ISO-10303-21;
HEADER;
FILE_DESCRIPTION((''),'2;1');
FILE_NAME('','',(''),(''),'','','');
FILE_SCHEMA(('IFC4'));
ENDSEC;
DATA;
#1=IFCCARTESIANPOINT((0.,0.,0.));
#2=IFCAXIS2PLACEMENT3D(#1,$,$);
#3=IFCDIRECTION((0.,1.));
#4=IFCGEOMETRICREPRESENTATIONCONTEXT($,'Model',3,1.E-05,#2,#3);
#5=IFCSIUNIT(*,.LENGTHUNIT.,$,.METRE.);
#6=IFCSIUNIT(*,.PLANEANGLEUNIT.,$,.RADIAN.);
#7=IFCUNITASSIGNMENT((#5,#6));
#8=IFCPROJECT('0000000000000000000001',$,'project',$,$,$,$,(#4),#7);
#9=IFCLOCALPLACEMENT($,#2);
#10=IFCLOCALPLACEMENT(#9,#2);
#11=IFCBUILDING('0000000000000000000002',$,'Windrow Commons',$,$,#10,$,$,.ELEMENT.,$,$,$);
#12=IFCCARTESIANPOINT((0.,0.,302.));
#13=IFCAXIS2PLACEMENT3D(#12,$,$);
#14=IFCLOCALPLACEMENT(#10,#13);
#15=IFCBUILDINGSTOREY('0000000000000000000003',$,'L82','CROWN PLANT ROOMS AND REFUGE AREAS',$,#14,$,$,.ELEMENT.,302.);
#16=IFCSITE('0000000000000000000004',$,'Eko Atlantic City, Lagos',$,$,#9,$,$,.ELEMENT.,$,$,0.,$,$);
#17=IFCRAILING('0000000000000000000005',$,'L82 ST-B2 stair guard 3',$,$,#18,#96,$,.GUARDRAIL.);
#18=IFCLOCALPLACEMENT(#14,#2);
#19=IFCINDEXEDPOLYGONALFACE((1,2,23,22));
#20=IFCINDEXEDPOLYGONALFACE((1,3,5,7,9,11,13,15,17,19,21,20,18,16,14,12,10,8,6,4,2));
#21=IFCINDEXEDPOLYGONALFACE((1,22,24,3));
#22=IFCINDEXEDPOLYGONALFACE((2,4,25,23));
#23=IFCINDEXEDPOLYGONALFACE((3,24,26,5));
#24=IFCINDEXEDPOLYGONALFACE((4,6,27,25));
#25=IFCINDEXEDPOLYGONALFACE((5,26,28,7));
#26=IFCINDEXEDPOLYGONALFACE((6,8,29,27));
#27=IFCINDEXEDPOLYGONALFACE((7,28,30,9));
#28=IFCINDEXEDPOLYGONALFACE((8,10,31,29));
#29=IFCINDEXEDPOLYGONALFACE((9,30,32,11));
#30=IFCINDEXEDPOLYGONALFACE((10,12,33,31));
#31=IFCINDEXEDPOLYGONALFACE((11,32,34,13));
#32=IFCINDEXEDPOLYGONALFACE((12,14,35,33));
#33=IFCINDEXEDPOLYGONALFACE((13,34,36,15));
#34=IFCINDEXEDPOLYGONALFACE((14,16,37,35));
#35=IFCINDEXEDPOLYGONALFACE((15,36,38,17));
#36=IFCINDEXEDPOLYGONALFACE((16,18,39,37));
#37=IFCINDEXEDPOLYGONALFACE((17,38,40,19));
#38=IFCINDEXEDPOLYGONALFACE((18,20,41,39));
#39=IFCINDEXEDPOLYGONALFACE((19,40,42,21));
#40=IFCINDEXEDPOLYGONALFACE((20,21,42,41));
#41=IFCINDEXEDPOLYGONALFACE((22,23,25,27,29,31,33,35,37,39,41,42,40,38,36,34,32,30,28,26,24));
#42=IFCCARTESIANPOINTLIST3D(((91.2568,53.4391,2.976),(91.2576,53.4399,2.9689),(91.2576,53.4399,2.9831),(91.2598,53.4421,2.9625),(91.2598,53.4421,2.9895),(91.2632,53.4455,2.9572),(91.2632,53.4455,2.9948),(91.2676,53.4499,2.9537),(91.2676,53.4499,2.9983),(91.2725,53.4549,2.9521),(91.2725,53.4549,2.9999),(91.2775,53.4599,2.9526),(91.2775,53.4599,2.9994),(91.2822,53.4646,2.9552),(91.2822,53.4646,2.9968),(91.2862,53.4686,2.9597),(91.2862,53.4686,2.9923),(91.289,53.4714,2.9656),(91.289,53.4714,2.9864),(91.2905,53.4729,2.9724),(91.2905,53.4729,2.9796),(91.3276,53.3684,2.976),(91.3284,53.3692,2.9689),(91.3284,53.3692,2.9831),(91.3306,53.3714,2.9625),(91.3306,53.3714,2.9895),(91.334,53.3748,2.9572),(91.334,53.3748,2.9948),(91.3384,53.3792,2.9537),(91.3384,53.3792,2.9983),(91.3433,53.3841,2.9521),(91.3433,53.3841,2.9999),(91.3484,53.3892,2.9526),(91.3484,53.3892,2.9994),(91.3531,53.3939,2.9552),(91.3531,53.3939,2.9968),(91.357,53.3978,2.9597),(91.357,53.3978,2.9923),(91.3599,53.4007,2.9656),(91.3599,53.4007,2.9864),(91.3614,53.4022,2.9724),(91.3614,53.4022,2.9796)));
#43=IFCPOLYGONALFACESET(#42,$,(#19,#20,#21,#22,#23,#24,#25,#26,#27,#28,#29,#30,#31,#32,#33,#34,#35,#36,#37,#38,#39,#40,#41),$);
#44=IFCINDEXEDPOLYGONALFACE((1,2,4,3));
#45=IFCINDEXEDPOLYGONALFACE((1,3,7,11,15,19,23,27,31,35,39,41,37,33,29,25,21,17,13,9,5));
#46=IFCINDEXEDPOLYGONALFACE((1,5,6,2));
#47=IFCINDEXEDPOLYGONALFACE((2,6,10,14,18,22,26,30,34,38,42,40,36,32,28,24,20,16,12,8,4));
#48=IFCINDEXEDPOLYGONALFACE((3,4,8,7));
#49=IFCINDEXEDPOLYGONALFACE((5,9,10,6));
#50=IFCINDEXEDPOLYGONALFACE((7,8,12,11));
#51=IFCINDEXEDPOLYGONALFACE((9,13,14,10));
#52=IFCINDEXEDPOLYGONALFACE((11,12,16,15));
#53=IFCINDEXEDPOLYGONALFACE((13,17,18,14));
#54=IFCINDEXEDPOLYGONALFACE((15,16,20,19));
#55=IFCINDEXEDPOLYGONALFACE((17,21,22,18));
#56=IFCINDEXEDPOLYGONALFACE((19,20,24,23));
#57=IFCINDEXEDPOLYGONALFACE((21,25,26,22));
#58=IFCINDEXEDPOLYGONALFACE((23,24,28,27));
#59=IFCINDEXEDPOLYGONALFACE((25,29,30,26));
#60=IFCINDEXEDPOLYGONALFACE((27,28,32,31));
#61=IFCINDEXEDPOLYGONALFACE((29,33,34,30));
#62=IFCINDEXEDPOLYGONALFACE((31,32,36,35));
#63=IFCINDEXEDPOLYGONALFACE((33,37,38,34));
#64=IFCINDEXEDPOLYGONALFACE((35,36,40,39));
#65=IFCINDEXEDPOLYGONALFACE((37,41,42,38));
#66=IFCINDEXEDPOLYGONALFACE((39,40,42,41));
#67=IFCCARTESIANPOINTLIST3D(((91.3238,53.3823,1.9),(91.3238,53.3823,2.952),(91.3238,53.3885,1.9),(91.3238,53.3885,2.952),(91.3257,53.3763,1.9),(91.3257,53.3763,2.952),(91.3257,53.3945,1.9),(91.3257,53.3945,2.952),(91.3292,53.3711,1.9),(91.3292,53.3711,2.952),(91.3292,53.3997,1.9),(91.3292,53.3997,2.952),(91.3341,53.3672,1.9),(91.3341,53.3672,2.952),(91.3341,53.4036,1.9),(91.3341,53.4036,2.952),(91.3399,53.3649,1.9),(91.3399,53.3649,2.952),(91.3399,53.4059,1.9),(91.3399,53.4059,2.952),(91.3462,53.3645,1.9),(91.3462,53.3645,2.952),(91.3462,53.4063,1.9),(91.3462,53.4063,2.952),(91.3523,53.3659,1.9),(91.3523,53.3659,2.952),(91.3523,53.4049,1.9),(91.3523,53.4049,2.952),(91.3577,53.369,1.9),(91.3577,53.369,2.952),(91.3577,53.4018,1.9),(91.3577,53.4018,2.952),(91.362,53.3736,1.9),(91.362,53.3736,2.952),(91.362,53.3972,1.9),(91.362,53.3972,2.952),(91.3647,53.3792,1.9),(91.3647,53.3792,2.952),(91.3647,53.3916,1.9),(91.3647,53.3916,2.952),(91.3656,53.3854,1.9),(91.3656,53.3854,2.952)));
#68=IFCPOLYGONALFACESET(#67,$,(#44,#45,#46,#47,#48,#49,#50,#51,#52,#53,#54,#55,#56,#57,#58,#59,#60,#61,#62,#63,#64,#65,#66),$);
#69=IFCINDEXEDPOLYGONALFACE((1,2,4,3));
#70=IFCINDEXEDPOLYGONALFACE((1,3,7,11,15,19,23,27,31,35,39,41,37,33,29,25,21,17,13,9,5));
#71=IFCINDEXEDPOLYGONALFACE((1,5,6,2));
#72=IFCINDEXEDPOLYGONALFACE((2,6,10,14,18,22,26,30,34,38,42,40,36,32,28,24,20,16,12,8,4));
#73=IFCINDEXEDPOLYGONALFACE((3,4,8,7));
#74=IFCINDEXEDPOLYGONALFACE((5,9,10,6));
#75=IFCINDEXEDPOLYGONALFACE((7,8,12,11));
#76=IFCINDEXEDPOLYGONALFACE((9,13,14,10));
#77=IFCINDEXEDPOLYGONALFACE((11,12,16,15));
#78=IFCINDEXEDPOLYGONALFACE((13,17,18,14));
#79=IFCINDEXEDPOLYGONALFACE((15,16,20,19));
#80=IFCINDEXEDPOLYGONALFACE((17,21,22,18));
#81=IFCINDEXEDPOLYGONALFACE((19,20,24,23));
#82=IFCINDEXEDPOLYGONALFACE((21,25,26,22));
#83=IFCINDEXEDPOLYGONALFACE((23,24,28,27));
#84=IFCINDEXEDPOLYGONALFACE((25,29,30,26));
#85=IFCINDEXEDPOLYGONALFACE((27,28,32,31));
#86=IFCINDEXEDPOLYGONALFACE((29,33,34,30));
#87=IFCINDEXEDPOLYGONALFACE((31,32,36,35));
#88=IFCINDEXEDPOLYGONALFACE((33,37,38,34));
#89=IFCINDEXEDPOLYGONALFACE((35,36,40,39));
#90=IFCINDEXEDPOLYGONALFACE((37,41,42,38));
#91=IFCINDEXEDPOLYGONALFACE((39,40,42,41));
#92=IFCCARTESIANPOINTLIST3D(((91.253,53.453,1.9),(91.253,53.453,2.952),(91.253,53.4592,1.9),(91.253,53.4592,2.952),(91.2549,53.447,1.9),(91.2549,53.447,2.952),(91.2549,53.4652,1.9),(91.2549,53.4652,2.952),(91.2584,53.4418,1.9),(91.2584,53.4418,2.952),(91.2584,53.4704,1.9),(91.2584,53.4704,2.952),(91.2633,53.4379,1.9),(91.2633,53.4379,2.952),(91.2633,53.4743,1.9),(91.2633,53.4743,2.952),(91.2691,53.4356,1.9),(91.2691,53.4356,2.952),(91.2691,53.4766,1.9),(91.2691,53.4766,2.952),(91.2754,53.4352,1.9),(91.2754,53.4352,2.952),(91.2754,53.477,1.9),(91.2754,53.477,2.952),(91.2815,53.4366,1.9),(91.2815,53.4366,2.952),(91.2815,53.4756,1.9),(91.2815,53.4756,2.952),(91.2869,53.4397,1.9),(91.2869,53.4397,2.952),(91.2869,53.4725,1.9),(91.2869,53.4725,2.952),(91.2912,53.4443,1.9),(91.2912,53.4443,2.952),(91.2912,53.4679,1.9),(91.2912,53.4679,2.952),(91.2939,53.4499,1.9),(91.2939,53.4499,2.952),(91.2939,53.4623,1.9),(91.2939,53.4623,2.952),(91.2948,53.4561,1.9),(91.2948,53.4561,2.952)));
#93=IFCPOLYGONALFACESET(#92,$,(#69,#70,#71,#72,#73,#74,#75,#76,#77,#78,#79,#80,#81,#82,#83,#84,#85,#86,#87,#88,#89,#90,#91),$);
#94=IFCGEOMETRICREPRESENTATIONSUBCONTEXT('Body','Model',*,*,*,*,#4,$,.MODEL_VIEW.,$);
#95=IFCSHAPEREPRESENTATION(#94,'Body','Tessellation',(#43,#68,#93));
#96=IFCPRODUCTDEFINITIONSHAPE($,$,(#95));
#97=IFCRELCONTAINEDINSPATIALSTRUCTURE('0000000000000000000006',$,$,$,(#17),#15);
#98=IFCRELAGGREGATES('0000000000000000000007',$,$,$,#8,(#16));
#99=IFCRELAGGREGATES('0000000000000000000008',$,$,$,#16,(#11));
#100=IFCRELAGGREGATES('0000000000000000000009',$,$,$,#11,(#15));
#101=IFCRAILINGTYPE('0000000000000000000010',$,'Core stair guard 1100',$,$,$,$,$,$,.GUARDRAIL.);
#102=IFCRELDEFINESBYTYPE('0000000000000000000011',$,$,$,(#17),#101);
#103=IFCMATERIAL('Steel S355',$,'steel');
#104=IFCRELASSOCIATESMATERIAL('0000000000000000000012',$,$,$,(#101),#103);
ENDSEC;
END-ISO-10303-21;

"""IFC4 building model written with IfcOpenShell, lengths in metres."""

from ifc_helpers import new_model, si_unit, direction, frame, origin, origin_2d, place, context, subcontext, project, spatial, circle, extrude, material, type_object, element, save


model = new_model("IFC4")

# Units and contexts
model_context = context("Model", 3, precision=1e-05, world=origin(), true_north=direction((0.0, 1.0)))
body_context = subcontext(model_context, "Body", "Model", "MODEL_VIEW")
ifc_project = project(units=[si_unit("LENGTHUNIT", "METRE"), si_unit("PLANEANGLEUNIT", "RADIAN")], contexts=[model_context])

# Site, building, storey
site_placement = place(None, origin())
site = spatial("IfcSite", under=ifc_project, at=site_placement, Name="Eko Atlantic City, Lagos", CompositionType="ELEMENT", RefElevation=0.0)
building_placement = place(site_placement, origin())
building = spatial("IfcBuilding", under=site, at=building_placement, Name="Windrow Commons", CompositionType="ELEMENT")
storey_placement = place(building_placement, frame((0.0, 0.0, 302.0)))
storey = spatial("IfcBuildingStorey", under=building, at=storey_placement, Name="L82", Description="CROWN PLANT ROOMS AND REFUGE AREAS", CompositionType="ELEMENT", Elevation=302.0)

# Railing
ifc_material_1 = material(Name="Steel S355", Category="steel")
railing_type_1 = type_object("IfcRailingType", Name="Core stair guard 1100", PredefinedType="GUARDRAIL", material=ifc_material_1)
railing_1_placement = place(storey_placement, frame((91.3446, 53.3854, 1.9)))
element("IfcRailing", 1, at=railing_1_placement, inside=storey, type_object=railing_type_1, Name="L82 ST-B2 stair guard 3", PredefinedType="GUARDRAIL", context=body_context, shape_type="SweptSolid", body=[
    extrude(circle(Radius=0.024, at=origin_2d()), frame((0.0, 0.0, 1.076), z_axis=(-0.707606, 0.706607, 0.0), x_axis=(-0.706607, -0.707606, 0.0)), (0.0, 0.0, 1.0), 0.1001),
    extrude(circle(Radius=0.021, at=origin_2d()), origin(), (0.0, 0.0, 1.0), 1.052),
    extrude(circle(Radius=0.021, at=origin_2d()), frame((-0.0708, 0.0707, 0.0)), (0.0, 0.0, 1.0), 1.052),
])

save(model, "model.ifc")
